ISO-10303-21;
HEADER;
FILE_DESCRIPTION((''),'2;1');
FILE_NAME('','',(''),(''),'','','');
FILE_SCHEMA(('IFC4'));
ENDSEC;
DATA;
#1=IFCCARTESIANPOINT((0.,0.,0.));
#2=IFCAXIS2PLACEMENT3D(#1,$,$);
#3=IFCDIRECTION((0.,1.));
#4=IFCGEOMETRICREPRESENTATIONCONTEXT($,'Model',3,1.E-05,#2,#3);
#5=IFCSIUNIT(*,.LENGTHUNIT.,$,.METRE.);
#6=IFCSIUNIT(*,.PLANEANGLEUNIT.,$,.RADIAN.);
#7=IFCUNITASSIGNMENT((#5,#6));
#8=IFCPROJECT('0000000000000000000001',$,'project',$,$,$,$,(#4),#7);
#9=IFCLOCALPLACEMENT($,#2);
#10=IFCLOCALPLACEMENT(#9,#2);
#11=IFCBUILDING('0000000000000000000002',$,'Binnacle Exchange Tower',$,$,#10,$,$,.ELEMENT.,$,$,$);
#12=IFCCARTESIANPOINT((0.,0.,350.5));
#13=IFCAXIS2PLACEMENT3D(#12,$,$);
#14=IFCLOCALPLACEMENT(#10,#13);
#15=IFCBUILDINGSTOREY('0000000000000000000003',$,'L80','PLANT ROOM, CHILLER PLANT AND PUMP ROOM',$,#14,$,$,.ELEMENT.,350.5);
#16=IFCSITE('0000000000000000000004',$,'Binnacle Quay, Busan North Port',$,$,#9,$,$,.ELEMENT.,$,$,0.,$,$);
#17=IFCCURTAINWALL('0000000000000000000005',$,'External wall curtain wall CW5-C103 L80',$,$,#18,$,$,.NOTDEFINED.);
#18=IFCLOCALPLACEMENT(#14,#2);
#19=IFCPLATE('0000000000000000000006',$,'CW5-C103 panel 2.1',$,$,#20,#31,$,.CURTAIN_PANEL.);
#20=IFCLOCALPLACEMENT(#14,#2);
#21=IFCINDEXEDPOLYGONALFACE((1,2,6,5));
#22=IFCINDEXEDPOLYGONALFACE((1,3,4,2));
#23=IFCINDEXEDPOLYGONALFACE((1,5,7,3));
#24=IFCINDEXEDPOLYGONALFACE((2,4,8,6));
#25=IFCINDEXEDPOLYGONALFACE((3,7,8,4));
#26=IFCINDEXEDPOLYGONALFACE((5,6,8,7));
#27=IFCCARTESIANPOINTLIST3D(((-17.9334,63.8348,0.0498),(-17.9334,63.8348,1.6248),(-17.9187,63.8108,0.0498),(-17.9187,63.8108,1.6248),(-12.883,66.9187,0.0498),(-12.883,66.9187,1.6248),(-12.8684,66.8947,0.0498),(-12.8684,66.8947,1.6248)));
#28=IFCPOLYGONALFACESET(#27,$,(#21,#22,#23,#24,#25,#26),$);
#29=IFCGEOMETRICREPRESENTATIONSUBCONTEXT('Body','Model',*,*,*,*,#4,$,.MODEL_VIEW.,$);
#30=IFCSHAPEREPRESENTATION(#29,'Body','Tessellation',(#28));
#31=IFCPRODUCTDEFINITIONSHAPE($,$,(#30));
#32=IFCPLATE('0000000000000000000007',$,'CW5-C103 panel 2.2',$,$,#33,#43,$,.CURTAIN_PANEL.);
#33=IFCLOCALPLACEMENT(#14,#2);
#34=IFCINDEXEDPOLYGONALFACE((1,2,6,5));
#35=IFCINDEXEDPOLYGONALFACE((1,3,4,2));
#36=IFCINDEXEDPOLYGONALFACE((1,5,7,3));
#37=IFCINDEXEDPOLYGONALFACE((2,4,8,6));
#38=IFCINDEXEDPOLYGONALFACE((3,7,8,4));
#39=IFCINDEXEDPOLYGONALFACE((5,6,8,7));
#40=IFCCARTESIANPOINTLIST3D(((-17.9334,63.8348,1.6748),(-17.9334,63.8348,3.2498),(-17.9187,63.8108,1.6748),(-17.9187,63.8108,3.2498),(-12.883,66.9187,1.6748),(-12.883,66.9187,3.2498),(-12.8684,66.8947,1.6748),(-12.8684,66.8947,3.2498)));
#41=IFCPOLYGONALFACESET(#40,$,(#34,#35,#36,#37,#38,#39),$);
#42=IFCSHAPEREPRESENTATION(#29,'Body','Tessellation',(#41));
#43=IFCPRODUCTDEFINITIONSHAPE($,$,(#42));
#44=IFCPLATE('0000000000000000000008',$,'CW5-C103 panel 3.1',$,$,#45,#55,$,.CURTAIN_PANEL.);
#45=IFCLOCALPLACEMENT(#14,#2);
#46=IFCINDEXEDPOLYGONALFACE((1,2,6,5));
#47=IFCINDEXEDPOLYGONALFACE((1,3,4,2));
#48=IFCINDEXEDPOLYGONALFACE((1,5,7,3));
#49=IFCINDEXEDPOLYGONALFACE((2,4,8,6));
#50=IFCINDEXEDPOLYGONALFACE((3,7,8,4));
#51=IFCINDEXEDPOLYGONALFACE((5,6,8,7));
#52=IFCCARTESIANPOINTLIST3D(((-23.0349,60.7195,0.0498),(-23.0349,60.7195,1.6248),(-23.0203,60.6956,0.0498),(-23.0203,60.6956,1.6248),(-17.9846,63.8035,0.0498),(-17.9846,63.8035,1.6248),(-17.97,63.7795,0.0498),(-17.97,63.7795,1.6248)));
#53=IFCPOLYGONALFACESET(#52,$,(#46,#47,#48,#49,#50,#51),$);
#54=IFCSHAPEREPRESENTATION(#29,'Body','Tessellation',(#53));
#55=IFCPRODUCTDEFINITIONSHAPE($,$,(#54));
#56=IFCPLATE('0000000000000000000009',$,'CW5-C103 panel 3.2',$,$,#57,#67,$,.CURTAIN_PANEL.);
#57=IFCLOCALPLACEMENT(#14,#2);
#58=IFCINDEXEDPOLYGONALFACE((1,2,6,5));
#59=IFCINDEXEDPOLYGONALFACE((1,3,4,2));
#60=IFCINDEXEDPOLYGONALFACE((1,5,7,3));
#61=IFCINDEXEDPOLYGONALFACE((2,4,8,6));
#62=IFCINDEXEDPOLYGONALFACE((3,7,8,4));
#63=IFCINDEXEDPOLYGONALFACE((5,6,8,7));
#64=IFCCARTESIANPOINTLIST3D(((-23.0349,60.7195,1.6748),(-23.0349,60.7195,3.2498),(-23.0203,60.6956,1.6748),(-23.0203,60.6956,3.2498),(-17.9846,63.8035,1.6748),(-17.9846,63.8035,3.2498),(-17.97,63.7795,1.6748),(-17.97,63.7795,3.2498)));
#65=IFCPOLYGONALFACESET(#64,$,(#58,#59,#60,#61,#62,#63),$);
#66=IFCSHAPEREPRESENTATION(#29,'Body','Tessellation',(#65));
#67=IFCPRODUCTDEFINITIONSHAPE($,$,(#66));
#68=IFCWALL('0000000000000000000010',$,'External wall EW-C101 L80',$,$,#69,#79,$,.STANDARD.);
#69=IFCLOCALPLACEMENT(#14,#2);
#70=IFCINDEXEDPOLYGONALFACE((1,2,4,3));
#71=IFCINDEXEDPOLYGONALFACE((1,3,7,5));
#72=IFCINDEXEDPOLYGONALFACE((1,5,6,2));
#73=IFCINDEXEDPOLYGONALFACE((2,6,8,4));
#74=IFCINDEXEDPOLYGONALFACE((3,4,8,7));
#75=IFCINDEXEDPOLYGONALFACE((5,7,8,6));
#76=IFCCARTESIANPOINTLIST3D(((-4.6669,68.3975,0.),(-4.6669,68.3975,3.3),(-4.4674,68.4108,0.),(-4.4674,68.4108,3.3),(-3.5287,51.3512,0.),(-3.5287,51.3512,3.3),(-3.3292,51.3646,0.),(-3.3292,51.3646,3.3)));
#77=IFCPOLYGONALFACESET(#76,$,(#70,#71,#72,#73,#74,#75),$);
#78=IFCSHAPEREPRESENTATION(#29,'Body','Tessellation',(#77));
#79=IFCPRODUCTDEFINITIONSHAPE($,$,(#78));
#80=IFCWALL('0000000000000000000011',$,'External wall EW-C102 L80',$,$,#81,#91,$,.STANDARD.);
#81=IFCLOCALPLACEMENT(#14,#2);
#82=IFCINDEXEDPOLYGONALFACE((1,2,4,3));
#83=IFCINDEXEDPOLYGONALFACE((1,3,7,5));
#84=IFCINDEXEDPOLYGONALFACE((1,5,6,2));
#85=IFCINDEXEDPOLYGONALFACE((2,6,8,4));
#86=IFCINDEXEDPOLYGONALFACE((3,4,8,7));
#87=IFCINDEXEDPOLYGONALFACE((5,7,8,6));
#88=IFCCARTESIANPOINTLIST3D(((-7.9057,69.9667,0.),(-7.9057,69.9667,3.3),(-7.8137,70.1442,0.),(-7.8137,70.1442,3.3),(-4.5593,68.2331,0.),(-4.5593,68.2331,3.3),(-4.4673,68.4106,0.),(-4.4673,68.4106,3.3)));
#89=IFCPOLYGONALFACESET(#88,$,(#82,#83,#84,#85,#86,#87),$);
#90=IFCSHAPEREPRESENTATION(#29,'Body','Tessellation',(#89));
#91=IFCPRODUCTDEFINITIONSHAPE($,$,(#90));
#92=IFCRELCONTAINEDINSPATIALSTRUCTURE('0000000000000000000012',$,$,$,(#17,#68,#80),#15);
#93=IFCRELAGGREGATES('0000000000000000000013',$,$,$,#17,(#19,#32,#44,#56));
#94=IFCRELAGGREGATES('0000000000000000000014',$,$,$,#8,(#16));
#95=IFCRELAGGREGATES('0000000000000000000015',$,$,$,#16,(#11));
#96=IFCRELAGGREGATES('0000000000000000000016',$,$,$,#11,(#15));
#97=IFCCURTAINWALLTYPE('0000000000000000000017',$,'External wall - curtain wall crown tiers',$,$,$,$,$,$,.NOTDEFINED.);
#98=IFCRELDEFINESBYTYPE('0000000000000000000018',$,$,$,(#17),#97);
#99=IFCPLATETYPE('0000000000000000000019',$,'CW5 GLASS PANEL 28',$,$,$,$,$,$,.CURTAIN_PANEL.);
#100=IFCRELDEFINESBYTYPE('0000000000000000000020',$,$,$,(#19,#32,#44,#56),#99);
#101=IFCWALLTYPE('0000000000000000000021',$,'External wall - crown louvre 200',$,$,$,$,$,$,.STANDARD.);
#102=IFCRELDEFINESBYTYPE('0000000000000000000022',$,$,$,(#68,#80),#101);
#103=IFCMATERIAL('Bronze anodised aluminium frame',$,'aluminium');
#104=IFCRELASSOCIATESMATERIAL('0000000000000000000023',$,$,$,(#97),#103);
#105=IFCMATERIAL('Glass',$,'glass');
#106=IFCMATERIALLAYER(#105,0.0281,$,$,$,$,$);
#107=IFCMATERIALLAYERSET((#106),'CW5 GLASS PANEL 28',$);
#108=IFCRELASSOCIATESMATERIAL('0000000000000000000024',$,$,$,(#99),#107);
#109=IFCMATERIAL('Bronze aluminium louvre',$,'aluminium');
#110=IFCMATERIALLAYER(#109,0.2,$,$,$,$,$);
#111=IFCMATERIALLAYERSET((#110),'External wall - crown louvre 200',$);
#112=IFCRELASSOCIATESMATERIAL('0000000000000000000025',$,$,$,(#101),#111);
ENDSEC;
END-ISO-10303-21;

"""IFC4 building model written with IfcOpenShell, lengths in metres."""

from ifc_helpers import new_model, si_unit, direction, frame, frame_2d, origin, origin_2d, place, context, subcontext, project, spatial, rectangle, extrude, material, layer, layer_set, type_object, element, aggregate, save


model = new_model("IFC4")

# Units and contexts
model_context = context("Model", 3, precision=1e-05, world=origin(), true_north=direction((0.0, 1.0)))
body_context = subcontext(model_context, "Body", "Model", "MODEL_VIEW")
ifc_project = project(units=[si_unit("LENGTHUNIT", "METRE"), si_unit("PLANEANGLEUNIT", "RADIAN")], contexts=[model_context])

# Site, building, storey
site_placement = place(None, origin())
site = spatial("IfcSite", under=ifc_project, at=site_placement, Name="Binnacle Quay, Busan North Port", CompositionType="ELEMENT", RefElevation=0.0)
building_placement = place(site_placement, origin())
building = spatial("IfcBuilding", under=site, at=building_placement, Name="Binnacle Exchange Tower", CompositionType="ELEMENT")
storey_placement = place(building_placement, frame((0.0, 0.0, 350.5)))
storey = spatial("IfcBuildingStorey", under=building, at=storey_placement, Name="L80", Description="PLANT ROOM, CHILLER PLANT AND PUMP ROOM", CompositionType="ELEMENT", Elevation=350.5)

# Curtain wall
ifc_material_1 = material(Name="Bronze anodised aluminium frame", Category="aluminium")
curtain_wall_type = type_object("IfcCurtainWallType", Name="External wall - curtain wall crown tiers", PredefinedType="NOTDEFINED", material=ifc_material_1)
curtain_wall_placement = place(storey_placement, origin())
curtain_wall = element("IfcCurtainWall", 1, at=curtain_wall_placement, inside=storey, type_object=curtain_wall_type, Name="External wall curtain wall CW5-C103 L80", PredefinedType="NOTDEFINED")

# Plates
ifc_material_2 = material(Name="Glass", Category="glass")
ifc_layer_1 = layer(ifc_material_2, 0.0281)
ifc_layer_set_1 = layer_set([ifc_layer_1], Name="CW5 GLASS PANEL 28")
plate_type = type_object("IfcPlateType", Name="CW5 GLASS PANEL 28", PredefinedType="CURTAIN_PANEL", material=ifc_layer_set_1)
plate_1_placement = place(storey_placement, frame((-15.4009, 65.3647, 0.0498), z_axis=(0.0, 0.0, 1.0), x_axis=(-0.853461, -0.521157, 0.0)))
plate_1 = element("IfcPlate", 2, at=plate_1_placement, type_object=plate_type, Name="CW5-C103 panel 2.1", PredefinedType="CURTAIN_PANEL", context=body_context, shape_type="SweptSolid", body=[
    extrude(rectangle(XDim=5.9175, YDim=0.0281, at=origin_2d()), origin(), (0.0, 0.0, 1.0), 1.575),
])
plate_2_placement = place(storey_placement, frame((-15.4009, 65.3647, 1.6748), z_axis=(0.0, 0.0, 1.0), x_axis=(-0.853461, -0.521157, 0.0)))
plate_2 = element("IfcPlate", 3, at=plate_2_placement, type_object=plate_type, Name="CW5-C103 panel 2.2", PredefinedType="CURTAIN_PANEL", context=body_context, shape_type="SweptSolid", body=[
    extrude(rectangle(XDim=5.9175, YDim=0.0281, at=origin_2d()), origin(), (0.0, 0.0, 1.0), 1.575),
])
plate_3_placement = place(storey_placement, frame((-20.5024, 62.2495, 0.0498), z_axis=(0.0, 0.0, 1.0), x_axis=(-0.853461, -0.521157, 0.0)))
plate_3 = element("IfcPlate", 4, at=plate_3_placement, type_object=plate_type, Name="CW5-C103 panel 3.1", PredefinedType="CURTAIN_PANEL", context=body_context, shape_type="SweptSolid", body=[
    extrude(rectangle(XDim=5.9175, YDim=0.0281, at=origin_2d()), origin(), (0.0, 0.0, 1.0), 1.575),
])
plate_4_placement = place(storey_placement, frame((-20.5024, 62.2495, 1.6748), z_axis=(0.0, 0.0, 1.0), x_axis=(-0.853461, -0.521157, 0.0)))
plate_4 = element("IfcPlate", 5, at=plate_4_placement, type_object=plate_type, Name="CW5-C103 panel 3.2", PredefinedType="CURTAIN_PANEL", context=body_context, shape_type="SweptSolid", body=[
    extrude(rectangle(XDim=5.9175, YDim=0.0281, at=origin_2d()), origin(), (0.0, 0.0, 1.0), 1.575),
])
aggregate(curtain_wall, [plate_1, plate_2, plate_3, plate_4])

# Walls
ifc_material_3 = material(Name="Bronze aluminium louvre", Category="aluminium")
ifc_layer_2 = layer(ifc_material_3, 0.2)
ifc_layer_set_2 = layer_set([ifc_layer_2], Name="External wall - crown louvre 200")
wall_type = type_object("IfcWallType", Name="External wall - crown louvre 200", PredefinedType="STANDARD", material=ifc_layer_set_2)
wall_1_placement = place(storey_placement, frame((-4.5671, 68.4041, 0.0), z_axis=(0.0, 0.0, 1.0), x_axis=(0.066621, -0.997778, 0.0)))
element("IfcWall", 6, at=wall_1_placement, inside=storey, type_object=wall_type, Name="External wall EW-C101 L80", PredefinedType="STANDARD", context=body_context, shape_type="SweptSolid", body=[
    extrude(rectangle(XDim=17.0842, YDim=0.2, at=frame_2d((8.542, 0.0))), origin(), (0.0, 0.0, 1.0), 3.3),
])
wall_2_placement = place(storey_placement, frame((-7.8596, 70.0554, 0.0), z_axis=(0.0, 0.0, 1.0), x_axis=(0.887922, -0.459994, 0.0)))
element("IfcWall", 7, at=wall_2_placement, inside=storey, type_object=wall_type, Name="External wall EW-C102 L80", PredefinedType="STANDARD", context=body_context, shape_type="SweptSolid", body=[
    extrude(rectangle(XDim=3.7688, YDim=0.2, at=frame_2d((1.8843, 0.0))), origin(), (0.0, 0.0, 1.0), 3.3),
])

save(model, "model.ifc")
